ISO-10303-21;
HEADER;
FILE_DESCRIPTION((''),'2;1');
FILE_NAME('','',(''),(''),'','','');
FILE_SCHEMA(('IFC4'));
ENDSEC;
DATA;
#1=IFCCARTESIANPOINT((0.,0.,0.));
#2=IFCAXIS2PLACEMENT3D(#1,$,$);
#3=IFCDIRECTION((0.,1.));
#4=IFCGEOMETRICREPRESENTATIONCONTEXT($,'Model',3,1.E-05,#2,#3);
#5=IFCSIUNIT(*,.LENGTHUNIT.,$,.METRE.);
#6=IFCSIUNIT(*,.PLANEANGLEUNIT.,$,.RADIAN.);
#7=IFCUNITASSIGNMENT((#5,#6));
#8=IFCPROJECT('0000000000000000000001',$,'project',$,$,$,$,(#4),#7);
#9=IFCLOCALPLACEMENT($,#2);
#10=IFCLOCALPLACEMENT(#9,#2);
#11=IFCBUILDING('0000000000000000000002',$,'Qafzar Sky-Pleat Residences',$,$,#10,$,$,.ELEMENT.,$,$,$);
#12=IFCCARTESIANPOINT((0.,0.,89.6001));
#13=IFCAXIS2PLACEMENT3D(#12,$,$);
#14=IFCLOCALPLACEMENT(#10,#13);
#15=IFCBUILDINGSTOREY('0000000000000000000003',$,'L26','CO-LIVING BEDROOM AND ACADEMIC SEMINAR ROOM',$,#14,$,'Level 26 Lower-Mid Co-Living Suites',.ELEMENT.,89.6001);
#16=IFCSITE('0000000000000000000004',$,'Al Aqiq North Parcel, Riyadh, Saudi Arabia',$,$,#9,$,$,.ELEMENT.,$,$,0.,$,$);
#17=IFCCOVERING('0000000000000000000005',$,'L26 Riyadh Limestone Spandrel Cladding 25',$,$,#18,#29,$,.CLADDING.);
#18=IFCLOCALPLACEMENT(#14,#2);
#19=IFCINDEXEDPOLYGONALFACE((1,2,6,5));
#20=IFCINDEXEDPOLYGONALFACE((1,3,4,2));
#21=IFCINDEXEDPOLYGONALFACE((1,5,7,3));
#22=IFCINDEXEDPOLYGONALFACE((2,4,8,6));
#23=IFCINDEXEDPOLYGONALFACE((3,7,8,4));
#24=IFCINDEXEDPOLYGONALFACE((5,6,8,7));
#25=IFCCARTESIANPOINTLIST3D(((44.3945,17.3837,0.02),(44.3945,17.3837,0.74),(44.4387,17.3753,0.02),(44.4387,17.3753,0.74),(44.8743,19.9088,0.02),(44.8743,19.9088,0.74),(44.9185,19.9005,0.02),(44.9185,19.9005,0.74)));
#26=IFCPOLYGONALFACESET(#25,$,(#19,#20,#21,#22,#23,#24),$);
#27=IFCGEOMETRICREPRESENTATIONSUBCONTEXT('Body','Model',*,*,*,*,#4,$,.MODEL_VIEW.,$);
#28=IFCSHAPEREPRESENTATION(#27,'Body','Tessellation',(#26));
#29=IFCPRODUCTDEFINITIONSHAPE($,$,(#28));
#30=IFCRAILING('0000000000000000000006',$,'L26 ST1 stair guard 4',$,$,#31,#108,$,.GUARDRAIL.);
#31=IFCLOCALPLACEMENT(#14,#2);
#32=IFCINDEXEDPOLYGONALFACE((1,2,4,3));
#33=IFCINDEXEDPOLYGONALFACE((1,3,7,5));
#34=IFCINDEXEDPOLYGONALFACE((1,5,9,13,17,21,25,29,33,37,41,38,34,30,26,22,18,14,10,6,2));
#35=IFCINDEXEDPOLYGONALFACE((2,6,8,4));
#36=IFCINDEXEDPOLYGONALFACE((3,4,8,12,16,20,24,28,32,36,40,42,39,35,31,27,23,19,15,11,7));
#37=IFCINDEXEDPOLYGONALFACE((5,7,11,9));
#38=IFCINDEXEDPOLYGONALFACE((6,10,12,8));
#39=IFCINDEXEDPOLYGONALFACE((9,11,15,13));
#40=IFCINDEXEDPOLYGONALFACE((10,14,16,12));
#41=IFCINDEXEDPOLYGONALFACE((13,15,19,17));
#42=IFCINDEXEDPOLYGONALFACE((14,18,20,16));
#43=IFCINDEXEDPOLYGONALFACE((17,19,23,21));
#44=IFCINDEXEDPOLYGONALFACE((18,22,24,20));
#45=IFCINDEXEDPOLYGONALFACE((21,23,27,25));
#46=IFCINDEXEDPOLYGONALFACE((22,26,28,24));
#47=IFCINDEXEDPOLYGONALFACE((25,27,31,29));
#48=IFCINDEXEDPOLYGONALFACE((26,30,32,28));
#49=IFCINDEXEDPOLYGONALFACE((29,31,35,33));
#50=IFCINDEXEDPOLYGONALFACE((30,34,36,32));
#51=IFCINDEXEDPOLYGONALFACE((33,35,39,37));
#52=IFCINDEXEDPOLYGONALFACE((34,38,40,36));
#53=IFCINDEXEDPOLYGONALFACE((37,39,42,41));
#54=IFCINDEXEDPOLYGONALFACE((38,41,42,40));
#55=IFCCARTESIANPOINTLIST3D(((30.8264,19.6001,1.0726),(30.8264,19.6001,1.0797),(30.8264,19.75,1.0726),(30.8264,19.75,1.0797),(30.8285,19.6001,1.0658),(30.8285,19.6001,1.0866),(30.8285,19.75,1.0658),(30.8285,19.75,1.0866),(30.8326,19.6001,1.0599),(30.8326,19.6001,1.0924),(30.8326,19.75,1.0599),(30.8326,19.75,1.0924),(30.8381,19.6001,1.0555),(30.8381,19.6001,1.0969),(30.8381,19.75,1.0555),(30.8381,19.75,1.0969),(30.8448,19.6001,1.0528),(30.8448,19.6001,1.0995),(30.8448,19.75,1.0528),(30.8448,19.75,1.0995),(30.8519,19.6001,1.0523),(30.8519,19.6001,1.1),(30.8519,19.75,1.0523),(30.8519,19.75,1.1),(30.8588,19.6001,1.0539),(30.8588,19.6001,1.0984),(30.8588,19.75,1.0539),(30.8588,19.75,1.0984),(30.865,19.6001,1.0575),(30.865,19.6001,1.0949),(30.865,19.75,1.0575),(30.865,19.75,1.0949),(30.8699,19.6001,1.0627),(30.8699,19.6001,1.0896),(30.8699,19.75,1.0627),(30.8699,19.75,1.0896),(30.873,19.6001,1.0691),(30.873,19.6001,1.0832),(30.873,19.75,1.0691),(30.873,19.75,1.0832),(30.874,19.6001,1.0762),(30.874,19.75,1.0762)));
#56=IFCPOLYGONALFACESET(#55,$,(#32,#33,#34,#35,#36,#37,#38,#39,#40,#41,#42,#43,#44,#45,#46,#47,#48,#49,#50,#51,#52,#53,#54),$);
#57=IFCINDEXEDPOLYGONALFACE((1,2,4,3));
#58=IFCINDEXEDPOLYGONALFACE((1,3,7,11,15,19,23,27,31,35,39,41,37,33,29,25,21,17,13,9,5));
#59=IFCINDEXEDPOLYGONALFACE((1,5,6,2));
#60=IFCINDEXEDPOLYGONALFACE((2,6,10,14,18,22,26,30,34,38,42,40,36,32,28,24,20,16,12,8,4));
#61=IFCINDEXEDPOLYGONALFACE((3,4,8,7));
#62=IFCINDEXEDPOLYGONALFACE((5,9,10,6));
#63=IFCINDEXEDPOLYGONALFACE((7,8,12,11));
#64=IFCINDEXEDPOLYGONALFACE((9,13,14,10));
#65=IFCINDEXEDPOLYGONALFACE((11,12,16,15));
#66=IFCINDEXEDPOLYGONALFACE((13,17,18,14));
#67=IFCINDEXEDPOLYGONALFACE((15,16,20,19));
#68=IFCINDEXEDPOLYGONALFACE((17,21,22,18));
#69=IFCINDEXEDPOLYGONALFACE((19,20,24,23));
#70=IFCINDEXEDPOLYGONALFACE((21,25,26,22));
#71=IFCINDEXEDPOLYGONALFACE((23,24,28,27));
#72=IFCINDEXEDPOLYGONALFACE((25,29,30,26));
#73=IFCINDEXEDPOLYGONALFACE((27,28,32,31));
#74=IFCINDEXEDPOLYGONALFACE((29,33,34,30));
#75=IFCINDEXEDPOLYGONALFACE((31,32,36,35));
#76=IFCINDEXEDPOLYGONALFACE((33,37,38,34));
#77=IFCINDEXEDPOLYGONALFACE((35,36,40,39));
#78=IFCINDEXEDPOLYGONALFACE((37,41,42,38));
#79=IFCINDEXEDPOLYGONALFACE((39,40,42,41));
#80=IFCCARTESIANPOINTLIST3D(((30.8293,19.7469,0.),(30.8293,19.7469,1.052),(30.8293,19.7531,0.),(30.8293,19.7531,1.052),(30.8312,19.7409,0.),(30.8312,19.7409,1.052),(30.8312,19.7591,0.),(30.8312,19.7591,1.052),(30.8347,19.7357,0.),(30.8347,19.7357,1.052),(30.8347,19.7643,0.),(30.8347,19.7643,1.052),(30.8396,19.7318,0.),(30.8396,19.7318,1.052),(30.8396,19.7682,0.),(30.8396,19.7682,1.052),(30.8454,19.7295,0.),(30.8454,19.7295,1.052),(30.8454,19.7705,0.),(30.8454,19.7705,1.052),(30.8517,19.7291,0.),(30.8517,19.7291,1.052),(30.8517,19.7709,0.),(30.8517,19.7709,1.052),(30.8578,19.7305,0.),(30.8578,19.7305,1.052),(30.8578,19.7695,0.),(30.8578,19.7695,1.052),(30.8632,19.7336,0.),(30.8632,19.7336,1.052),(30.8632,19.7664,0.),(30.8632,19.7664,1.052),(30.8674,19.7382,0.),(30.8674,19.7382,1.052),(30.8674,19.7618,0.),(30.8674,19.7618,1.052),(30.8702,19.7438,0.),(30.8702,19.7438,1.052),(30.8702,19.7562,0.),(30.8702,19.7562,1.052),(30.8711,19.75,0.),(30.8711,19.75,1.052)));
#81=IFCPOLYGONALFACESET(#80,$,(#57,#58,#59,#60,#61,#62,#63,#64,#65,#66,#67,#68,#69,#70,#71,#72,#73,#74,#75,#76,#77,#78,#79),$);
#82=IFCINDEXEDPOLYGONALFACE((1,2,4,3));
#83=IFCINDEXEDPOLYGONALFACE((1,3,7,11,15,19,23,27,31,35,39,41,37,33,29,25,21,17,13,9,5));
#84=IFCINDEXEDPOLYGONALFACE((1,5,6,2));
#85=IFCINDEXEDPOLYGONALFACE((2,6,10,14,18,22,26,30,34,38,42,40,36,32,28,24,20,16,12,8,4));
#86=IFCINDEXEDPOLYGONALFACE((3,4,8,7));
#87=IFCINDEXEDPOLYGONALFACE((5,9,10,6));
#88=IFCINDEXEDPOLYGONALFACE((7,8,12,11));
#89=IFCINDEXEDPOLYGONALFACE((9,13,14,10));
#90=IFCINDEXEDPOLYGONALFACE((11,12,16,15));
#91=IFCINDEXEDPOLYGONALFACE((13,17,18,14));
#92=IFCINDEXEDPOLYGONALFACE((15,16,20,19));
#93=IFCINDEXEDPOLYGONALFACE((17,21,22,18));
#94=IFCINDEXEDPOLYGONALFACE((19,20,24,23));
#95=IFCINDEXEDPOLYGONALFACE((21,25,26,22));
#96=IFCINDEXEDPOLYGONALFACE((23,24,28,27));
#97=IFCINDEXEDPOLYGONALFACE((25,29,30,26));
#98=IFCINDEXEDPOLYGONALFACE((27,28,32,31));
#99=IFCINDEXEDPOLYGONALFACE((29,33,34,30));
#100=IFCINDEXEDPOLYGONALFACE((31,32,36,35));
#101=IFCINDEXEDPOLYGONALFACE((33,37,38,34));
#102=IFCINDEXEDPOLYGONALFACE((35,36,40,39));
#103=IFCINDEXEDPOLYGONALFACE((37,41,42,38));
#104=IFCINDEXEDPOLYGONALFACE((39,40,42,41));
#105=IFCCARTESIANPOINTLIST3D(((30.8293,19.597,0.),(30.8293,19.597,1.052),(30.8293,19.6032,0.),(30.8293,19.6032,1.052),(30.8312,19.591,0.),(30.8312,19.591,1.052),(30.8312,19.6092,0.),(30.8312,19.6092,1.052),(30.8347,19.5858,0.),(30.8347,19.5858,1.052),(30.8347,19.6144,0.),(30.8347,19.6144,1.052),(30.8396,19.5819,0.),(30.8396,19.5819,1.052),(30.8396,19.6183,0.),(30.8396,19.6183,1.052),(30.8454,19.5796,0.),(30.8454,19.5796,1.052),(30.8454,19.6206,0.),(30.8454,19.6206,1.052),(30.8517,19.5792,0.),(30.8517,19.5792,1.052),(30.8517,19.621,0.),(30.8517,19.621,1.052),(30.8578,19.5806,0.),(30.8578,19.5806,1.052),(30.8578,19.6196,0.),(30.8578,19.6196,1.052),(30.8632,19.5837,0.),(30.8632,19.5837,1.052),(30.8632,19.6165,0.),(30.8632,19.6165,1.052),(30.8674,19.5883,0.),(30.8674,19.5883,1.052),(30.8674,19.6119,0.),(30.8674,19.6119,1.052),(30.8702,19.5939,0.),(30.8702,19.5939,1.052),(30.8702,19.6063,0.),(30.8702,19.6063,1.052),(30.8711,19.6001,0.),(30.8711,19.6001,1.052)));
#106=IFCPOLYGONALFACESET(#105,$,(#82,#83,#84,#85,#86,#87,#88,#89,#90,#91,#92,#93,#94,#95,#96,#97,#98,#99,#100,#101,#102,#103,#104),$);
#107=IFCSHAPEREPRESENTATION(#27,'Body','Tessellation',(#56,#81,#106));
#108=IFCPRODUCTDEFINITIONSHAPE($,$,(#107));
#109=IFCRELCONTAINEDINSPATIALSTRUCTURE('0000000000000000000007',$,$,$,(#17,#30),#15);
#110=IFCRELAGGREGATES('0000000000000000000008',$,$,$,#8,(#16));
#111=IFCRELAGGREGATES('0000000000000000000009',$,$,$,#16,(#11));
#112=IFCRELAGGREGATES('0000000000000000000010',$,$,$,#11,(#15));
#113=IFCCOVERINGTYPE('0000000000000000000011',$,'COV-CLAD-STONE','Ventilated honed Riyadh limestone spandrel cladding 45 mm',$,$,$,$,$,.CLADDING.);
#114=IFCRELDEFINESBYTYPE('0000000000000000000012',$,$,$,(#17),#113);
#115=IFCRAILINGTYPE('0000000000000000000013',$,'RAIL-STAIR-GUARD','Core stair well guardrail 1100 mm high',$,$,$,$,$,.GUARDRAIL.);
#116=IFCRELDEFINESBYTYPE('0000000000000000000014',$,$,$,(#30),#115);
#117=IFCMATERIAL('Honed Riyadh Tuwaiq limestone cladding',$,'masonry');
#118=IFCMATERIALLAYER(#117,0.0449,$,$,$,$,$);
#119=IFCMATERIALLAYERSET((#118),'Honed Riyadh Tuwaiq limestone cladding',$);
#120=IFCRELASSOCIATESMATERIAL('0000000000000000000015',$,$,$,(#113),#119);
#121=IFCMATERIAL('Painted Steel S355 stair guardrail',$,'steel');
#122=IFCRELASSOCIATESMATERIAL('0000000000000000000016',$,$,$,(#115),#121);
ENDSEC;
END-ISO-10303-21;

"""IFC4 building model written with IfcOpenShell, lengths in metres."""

from ifc_helpers import new_model, si_unit, direction, frame, origin, origin_2d, place, context, subcontext, project, spatial, rectangle, circle, extrude, source, transform, mapped, material, layer, layer_set, type_object, element, save


model = new_model("IFC4")

# Units and contexts
model_context = context("Model", 3, precision=1e-05, world=origin(), true_north=direction((0.0, 1.0)))
body_context = subcontext(model_context, "Body", "Model", "MODEL_VIEW")
ifc_project = project(units=[si_unit("LENGTHUNIT", "METRE"), si_unit("PLANEANGLEUNIT", "RADIAN")], contexts=[model_context])

# Site, building, storey
site_placement = place(None, origin())
site = spatial("IfcSite", under=ifc_project, at=site_placement, Name="Al Aqiq North Parcel, Riyadh, Saudi Arabia", CompositionType="ELEMENT", RefElevation=0.0)
building_placement = place(site_placement, origin())
building = spatial("IfcBuilding", under=site, at=building_placement, Name="Qafzar Sky-Pleat Residences", CompositionType="ELEMENT")
storey_placement = place(building_placement, frame((0.0, 0.0, 89.6001)))
storey = spatial("IfcBuildingStorey", under=building, at=storey_placement, Name="L26", Description="CO-LIVING BEDROOM AND ACADEMIC SEMINAR ROOM", LongName="Level 26 Lower-Mid Co-Living Suites", CompositionType="ELEMENT", Elevation=89.6001)

# Covering
ifc_material_1 = material(Name="Honed Riyadh Tuwaiq limestone cladding", Category="masonry")
ifc_layer_1 = layer(ifc_material_1, 0.0449)
ifc_layer_set_1 = layer_set([ifc_layer_1], Name="Honed Riyadh Tuwaiq limestone cladding")
covering_type = type_object("IfcCoveringType", Name="COV-CLAD-STONE", Description="Ventilated honed Riyadh limestone spandrel cladding 45 mm", PredefinedType="CLADDING", material=ifc_layer_set_1)
shared_shape_1 = source(origin(), body_context, "Body", "SweptSolid", [
    extrude(rectangle(XDim=2.5703, YDim=0.0449, at=origin_2d()), origin(), (0.0, 0.0, 1.0), 0.72),
])
covering_placement = place(storey_placement, frame((44.6565, 18.6421, 0.02), z_axis=(0.0, 0.0, 1.0), x_axis=(0.186673, 0.982422, 0.0)))
element("IfcCovering", 1, at=covering_placement, inside=storey, type_object=covering_type, Name="L26 Riyadh Limestone Spandrel Cladding 25", PredefinedType="CLADDING", context=body_context, shape_type="MappedRepresentation", body=[
    mapped(shared_shape_1, transform((0.0, 0.0, 0.0), x_axis=(1.0, 0.0, 0.0), y_axis=(0.0, 1.0, 0.0), z_axis=(0.0, 0.0, 1.0), scale=1.0)),
])

# Railing
ifc_material_2 = material(Name="Painted Steel S355 stair guardrail", Category="steel")
railing_type = type_object("IfcRailingType", Name="RAIL-STAIR-GUARD", Description="Core stair well guardrail 1100 mm high", PredefinedType="GUARDRAIL", material=ifc_material_2)
shared_shape_2 = source(origin(), body_context, "Body", "SweptSolid", [
    extrude(circle(Radius=0.0239, at=origin_2d()), frame((0.0, 0.0, 1.0762), z_axis=(0.0, -1.0, 0.0), x_axis=(1.0, 0.0, 0.0)), (0.0, 0.0, 1.0), 0.1499),
    extrude(circle(Radius=0.021, at=origin_2d()), origin(), (0.0, 0.0, 1.0), 1.052),
    extrude(circle(Radius=0.021, at=origin_2d()), frame((0.0, -0.1499, 0.0)), (0.0, 0.0, 1.0), 1.052),
])
railing_placement = place(storey_placement, frame((30.8501, 19.75, 0.0)))
element("IfcRailing", 2, at=railing_placement, inside=storey, type_object=railing_type, Name="L26 ST1 stair guard 4", PredefinedType="GUARDRAIL", context=body_context, shape_type="MappedRepresentation", body=[
    mapped(shared_shape_2, transform((0.0, 0.0, 0.0), x_axis=(1.0, 0.0, 0.0), y_axis=(0.0, 1.0, 0.0), z_axis=(0.0, 0.0, 1.0), scale=1.0)),
])

save(model, "model.ifc")
